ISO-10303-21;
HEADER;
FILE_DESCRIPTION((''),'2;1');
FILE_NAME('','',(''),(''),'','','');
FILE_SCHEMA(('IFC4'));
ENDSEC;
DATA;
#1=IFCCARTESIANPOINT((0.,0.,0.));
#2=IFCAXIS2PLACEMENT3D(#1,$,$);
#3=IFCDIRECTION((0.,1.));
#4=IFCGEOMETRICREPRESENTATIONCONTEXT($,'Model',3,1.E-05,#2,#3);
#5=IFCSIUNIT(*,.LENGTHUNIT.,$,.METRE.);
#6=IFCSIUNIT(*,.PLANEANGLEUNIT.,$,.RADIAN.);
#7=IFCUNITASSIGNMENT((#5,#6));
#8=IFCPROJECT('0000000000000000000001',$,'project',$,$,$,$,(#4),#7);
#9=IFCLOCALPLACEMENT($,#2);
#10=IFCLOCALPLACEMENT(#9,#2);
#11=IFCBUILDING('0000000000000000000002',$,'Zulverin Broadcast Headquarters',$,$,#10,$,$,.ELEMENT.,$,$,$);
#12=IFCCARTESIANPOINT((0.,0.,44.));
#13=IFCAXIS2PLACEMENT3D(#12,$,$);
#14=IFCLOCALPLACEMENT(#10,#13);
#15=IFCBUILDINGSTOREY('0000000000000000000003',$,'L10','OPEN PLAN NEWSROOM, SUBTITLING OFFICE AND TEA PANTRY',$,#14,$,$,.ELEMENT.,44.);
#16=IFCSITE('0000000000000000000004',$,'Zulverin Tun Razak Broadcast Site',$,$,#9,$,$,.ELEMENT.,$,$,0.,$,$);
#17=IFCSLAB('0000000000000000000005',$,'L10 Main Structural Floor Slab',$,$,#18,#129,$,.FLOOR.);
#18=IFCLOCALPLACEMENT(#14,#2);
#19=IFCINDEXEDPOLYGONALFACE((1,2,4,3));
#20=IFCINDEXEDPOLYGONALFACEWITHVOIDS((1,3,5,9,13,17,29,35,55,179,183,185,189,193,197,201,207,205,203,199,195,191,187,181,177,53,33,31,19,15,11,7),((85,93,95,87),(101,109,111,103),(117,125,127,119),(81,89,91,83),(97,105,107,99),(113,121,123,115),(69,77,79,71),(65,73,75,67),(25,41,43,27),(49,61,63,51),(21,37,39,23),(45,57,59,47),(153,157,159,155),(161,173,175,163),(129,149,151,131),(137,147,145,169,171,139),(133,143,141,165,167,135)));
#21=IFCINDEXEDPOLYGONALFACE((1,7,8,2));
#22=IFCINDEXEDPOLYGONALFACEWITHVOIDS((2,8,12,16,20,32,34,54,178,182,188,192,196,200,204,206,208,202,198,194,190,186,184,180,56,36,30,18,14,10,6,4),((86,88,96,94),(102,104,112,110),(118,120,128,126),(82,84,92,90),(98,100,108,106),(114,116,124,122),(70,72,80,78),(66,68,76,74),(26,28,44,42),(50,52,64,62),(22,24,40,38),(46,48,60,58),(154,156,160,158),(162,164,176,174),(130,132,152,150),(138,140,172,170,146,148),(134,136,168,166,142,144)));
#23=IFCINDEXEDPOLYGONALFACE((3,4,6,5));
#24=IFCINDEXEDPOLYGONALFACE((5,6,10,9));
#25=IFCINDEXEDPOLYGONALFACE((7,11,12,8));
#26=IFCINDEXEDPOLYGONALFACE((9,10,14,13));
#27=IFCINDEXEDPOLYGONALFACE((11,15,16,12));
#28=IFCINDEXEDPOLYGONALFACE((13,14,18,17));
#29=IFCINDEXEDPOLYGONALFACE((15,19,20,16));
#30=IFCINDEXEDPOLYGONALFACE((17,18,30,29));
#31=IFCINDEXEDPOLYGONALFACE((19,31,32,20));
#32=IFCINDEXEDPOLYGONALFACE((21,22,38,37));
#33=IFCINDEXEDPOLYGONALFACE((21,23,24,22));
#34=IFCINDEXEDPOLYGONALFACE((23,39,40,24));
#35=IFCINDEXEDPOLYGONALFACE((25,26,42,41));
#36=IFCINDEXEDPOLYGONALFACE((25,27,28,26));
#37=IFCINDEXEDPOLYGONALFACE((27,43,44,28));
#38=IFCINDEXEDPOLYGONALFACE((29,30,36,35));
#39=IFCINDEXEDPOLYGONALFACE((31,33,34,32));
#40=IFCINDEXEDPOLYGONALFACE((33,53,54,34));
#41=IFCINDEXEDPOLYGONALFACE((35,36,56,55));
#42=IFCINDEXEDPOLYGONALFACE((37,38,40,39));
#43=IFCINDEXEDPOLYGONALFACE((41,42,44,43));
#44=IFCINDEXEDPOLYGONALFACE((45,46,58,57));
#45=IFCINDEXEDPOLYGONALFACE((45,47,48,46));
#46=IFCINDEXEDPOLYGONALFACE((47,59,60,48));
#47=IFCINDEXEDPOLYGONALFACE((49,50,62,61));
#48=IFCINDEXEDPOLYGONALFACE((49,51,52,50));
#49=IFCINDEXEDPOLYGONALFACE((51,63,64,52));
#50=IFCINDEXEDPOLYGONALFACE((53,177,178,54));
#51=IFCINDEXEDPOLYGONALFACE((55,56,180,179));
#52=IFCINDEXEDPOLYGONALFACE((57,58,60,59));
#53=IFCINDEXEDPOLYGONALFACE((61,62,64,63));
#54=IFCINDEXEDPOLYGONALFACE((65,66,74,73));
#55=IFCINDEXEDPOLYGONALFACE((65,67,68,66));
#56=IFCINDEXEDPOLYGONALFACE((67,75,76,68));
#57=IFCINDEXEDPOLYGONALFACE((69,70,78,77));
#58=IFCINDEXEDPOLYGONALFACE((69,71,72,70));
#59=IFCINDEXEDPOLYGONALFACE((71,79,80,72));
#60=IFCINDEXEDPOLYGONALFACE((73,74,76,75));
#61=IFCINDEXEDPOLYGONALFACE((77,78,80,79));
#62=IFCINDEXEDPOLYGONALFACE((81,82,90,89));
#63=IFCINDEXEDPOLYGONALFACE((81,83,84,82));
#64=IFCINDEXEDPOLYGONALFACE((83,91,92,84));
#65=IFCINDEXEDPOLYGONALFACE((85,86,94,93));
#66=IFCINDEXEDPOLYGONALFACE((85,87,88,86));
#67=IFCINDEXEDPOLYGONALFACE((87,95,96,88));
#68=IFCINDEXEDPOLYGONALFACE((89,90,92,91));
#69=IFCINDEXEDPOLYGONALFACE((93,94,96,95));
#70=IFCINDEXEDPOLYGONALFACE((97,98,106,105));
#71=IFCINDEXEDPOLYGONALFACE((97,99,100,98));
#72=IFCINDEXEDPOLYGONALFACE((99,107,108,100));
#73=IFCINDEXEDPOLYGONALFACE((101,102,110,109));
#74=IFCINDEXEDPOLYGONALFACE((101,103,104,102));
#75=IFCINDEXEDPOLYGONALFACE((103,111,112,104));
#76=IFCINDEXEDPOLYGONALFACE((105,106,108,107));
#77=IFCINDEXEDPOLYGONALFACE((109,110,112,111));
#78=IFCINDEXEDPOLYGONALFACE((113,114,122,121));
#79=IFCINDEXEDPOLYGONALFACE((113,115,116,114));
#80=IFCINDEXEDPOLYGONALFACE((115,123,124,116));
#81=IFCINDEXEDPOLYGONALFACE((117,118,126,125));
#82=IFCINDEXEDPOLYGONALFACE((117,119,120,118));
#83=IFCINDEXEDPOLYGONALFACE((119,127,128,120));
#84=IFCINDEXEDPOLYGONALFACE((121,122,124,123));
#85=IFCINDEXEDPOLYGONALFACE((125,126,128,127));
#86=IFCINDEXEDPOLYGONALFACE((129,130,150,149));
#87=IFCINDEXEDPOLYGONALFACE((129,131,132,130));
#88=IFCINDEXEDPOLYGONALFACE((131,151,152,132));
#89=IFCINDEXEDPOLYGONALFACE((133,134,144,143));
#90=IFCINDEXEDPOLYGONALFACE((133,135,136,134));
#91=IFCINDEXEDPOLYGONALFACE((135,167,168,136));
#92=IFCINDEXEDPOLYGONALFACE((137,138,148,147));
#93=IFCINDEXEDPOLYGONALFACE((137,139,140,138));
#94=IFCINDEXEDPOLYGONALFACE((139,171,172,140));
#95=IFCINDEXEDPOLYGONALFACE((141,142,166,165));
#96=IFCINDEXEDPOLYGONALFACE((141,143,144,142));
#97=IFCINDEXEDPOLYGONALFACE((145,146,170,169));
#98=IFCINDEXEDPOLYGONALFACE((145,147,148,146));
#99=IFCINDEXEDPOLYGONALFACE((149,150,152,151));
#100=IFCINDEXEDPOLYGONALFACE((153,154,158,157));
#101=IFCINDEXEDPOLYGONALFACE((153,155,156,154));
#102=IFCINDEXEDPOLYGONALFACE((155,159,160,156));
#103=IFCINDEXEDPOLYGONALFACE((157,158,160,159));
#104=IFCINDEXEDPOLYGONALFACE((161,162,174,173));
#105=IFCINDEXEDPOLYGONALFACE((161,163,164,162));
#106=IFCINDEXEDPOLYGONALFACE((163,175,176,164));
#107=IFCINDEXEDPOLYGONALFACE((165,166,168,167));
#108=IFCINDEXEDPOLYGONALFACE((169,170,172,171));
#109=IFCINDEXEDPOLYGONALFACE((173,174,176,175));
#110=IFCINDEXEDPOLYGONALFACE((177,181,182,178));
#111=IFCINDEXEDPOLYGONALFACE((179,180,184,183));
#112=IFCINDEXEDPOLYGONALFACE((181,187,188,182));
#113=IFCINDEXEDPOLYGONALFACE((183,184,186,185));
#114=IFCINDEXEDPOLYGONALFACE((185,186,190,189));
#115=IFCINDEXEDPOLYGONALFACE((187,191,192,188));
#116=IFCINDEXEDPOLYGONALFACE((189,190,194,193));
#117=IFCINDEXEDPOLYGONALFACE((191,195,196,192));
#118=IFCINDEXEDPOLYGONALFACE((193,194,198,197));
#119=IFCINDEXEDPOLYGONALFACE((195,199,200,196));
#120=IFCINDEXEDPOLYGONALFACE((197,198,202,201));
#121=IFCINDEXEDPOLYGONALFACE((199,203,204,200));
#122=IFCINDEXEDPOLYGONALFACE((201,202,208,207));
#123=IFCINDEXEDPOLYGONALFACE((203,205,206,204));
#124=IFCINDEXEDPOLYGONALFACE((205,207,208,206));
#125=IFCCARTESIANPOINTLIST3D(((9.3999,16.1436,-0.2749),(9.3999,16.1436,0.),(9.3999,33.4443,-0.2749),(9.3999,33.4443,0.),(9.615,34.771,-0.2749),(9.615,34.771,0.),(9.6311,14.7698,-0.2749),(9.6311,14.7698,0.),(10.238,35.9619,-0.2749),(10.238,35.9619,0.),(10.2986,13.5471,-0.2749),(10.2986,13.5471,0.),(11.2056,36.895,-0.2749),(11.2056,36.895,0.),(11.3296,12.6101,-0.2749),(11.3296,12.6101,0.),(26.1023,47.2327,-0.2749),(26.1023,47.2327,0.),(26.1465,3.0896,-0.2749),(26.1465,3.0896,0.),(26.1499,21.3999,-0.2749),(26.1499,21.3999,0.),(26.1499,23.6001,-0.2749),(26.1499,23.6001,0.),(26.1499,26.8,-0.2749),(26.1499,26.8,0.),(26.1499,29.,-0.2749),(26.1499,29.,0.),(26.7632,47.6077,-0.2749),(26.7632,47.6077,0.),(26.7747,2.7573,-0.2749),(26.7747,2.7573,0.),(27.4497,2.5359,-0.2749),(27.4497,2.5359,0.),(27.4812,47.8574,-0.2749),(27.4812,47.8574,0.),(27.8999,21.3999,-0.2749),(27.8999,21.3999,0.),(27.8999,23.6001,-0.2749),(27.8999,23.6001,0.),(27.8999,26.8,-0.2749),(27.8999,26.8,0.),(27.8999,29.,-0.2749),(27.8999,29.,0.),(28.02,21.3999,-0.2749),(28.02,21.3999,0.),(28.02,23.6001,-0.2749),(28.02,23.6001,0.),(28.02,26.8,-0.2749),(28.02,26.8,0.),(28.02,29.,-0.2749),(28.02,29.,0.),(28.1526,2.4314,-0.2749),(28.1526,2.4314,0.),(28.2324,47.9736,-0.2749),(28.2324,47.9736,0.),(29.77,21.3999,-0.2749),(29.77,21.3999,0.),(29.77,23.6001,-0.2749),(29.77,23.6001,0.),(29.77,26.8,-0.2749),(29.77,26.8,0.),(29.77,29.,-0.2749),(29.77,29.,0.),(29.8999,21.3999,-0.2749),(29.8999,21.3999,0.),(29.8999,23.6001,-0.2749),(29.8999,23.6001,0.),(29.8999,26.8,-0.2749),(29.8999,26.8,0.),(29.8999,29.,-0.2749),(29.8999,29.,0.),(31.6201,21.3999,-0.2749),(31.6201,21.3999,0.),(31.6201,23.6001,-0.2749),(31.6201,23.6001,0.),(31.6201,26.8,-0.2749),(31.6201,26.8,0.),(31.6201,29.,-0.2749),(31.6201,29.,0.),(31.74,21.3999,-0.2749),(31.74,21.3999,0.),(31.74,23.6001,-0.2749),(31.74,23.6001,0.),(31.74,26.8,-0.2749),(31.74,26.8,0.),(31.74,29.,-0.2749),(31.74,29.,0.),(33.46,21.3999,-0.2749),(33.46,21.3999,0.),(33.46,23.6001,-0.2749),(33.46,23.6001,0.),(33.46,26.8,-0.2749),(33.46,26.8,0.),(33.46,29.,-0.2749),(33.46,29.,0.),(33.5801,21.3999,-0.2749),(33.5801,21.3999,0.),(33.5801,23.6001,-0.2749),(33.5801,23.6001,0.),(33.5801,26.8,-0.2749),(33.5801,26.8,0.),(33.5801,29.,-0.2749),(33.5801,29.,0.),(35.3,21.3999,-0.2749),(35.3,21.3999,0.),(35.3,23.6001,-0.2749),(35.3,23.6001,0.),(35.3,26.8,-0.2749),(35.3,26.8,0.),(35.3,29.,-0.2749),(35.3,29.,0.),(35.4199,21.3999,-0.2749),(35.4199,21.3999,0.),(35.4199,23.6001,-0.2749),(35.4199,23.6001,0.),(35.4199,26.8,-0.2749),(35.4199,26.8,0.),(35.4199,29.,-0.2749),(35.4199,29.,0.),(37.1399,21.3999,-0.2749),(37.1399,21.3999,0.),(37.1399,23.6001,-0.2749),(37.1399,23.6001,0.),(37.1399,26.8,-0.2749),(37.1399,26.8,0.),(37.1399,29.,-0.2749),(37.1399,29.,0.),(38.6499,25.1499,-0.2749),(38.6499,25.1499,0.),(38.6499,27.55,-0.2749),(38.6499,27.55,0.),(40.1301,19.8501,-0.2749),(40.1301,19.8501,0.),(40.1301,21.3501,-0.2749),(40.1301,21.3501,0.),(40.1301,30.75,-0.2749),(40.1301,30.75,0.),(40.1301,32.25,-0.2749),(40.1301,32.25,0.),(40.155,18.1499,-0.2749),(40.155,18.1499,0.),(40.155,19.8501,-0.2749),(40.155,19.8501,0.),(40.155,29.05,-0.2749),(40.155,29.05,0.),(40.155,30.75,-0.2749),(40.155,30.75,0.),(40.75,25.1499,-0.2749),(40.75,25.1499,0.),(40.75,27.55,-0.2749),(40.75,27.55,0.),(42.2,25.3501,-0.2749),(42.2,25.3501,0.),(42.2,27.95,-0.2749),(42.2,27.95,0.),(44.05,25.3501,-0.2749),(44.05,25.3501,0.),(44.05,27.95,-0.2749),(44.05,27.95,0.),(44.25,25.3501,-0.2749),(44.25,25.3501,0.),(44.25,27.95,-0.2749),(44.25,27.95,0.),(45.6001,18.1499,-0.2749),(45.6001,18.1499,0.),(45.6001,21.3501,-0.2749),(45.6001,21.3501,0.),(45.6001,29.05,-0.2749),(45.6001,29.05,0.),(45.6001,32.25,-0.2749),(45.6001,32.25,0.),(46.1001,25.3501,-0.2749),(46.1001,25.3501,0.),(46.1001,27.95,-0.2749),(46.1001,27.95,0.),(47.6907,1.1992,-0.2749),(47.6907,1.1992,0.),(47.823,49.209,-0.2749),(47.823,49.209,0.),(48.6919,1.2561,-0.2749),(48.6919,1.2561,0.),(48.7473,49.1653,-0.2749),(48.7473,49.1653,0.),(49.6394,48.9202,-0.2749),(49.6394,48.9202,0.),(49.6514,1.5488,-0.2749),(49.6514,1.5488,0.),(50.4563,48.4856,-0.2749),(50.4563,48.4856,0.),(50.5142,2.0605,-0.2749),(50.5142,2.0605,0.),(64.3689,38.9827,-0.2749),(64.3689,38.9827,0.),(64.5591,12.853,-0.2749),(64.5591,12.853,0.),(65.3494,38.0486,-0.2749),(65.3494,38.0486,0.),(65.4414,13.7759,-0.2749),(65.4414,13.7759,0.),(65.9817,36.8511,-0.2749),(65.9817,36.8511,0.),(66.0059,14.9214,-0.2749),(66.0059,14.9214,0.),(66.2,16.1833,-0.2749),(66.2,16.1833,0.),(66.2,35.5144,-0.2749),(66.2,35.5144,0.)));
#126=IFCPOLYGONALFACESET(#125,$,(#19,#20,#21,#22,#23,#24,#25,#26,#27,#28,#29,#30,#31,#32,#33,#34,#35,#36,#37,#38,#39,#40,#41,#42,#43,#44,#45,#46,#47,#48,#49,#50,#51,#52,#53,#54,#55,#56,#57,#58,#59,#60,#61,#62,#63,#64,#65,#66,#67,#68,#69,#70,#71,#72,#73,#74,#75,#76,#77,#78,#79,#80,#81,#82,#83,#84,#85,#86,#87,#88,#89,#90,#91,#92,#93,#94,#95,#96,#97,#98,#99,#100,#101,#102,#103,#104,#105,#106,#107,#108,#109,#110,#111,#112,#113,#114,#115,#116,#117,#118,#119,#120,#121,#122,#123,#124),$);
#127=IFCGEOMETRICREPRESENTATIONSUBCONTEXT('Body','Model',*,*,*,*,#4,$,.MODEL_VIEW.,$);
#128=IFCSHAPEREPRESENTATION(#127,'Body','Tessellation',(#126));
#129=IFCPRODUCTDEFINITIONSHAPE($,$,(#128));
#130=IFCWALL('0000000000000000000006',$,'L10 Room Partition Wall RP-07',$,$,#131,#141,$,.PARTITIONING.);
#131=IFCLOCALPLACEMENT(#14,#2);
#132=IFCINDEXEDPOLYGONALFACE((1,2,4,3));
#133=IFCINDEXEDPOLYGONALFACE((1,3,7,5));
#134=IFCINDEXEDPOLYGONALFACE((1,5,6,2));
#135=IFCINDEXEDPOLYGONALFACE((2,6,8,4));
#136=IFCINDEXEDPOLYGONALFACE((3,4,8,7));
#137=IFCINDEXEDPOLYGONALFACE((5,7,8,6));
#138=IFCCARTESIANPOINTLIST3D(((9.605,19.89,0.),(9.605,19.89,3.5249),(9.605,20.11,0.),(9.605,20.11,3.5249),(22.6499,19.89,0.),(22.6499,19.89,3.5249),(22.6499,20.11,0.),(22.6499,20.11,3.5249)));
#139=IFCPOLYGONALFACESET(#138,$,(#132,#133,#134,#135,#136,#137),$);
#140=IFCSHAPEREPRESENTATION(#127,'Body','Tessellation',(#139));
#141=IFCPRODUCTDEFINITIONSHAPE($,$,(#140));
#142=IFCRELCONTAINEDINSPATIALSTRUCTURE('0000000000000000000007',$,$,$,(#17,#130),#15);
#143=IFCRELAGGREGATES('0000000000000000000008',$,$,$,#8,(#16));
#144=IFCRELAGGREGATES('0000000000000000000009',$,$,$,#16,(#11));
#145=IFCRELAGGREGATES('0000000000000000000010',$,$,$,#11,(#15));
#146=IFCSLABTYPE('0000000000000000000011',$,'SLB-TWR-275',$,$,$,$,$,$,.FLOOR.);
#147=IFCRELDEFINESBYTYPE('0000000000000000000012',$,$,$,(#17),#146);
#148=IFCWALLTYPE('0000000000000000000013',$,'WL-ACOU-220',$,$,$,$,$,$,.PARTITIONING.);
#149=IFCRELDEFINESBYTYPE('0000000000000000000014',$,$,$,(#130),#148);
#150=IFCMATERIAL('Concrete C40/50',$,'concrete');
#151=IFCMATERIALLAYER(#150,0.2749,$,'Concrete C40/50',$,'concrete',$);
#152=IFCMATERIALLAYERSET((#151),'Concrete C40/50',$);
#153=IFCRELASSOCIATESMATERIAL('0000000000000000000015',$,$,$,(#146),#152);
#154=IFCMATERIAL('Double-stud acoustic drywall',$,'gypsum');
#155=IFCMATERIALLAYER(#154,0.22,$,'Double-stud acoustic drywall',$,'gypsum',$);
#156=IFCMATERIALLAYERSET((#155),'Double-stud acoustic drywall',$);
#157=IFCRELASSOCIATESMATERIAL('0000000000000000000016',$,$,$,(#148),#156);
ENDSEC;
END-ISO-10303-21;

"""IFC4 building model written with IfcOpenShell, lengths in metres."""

from ifc_helpers import new_model, si_unit, direction, frame, frame_2d, origin, place, context, subcontext, project, spatial, polyline, rectangle, outline, extrude, material, layer, layer_set, type_object, element, save


model = new_model("IFC4")

# Units and contexts
model_context = context("Model", 3, precision=1e-05, world=origin(), true_north=direction((0.0, 1.0)))
body_context = subcontext(model_context, "Body", "Model", "MODEL_VIEW")
ifc_project = project(units=[si_unit("LENGTHUNIT", "METRE"), si_unit("PLANEANGLEUNIT", "RADIAN")], contexts=[model_context])

# Site, building, storey
site_placement = place(None, origin())
site = spatial("IfcSite", under=ifc_project, at=site_placement, Name="Zulverin Tun Razak Broadcast Site", CompositionType="ELEMENT", RefElevation=0.0)
building_placement = place(site_placement, origin())
building = spatial("IfcBuilding", under=site, at=building_placement, Name="Zulverin Broadcast Headquarters", CompositionType="ELEMENT")
storey_placement = place(building_placement, frame((0.0, 0.0, 44.0)))
storey = spatial("IfcBuildingStorey", under=building, at=storey_placement, Name="L10", Description="OPEN PLAN NEWSROOM, SUBTITLING OFFICE AND TEA PANTRY", CompositionType="ELEMENT", Elevation=44.0)

# Shared definitions
ifc_material_1 = material(Name="Concrete C40/50", Category="concrete")

# Slab
ifc_layer_1 = layer(ifc_material_1, 0.2749, Name="Concrete C40/50", Category="concrete")
ifc_layer_set_1 = layer_set([ifc_layer_1], Name="Concrete C40/50")
slab_type_1 = type_object("IfcSlabType", Name="SLB-TWR-275", PredefinedType="FLOOR", material=ifc_layer_set_1)
slab_1_placement = place(storey_placement, frame((0.0, 0.0, -0.2749)))
element("IfcSlab", 1, at=slab_1_placement, inside=storey, type_object=slab_type_1, Name="L10 Main Structural Floor Slab", PredefinedType="FLOOR", context=body_context, shape_type="SweptSolid", body=[
    extrude(outline(polyline([(26.1465, 3.0896), (26.7747, 2.7573), (27.4497, 2.5359), (28.1526, 2.4314), (47.6907, 1.1992), (48.6919, 1.2561), (49.6514, 1.5488), (50.5142, 2.0605), (64.5591, 12.853), (65.4414, 13.7759), (66.0059, 14.9214), (66.2, 16.1833), (66.2, 35.5144), (65.9817, 36.8511), (65.3494, 38.0486), (64.3689, 38.9827), (50.4563, 48.4856), (49.6394, 48.9202), (48.7473, 49.1653), (47.823, 49.209), (28.2324, 47.9736), (27.4812, 47.8574), (26.7632, 47.6077), (26.1023, 47.2327), (11.2056, 36.895), (10.238, 35.9619), (9.615, 34.771), (9.3999, 33.4443), (9.3999, 16.1436), (9.6311, 14.7698), (10.2986, 13.5471), (11.3296, 12.6101), (26.1465, 3.0896)]), holes=[polyline([(40.155, 30.75), (40.1301, 30.75), (40.1301, 32.25), (45.6001, 32.25), (45.6001, 29.05), (40.155, 29.05), (40.155, 30.75)]), polyline([(40.155, 19.8501), (40.1301, 19.8501), (40.1301, 21.3501), (45.6001, 21.3501), (45.6001, 18.1499), (40.155, 18.1499), (40.155, 19.8501)]), polyline([(26.1499, 26.8), (27.8999, 26.8), (27.8999, 29.0), (26.1499, 29.0), (26.1499, 26.8)]), polyline([(28.02, 26.8), (29.77, 26.8), (29.77, 29.0), (28.02, 29.0), (28.02, 26.8)]), polyline([(26.1499, 21.3999), (27.8999, 21.3999), (27.8999, 23.6001), (26.1499, 23.6001), (26.1499, 21.3999)]), polyline([(28.02, 21.3999), (29.77, 21.3999), (29.77, 23.6001), (28.02, 23.6001), (28.02, 21.3999)]), polyline([(29.8999, 21.3999), (31.6201, 21.3999), (31.6201, 23.6001), (29.8999, 23.6001), (29.8999, 21.3999)]), polyline([(31.74, 21.3999), (33.46, 21.3999), (33.46, 23.6001), (31.74, 23.6001), (31.74, 21.3999)]), polyline([(33.5801, 21.3999), (35.3, 21.3999), (35.3, 23.6001), (33.5801, 23.6001), (33.5801, 21.3999)]), polyline([(35.4199, 21.3999), (37.1399, 21.3999), (37.1399, 23.6001), (35.4199, 23.6001), (35.4199, 21.3999)]), polyline([(29.8999, 26.8), (31.6201, 26.8), (31.6201, 29.0), (29.8999, 29.0), (29.8999, 26.8)]), polyline([(31.74, 26.8), (33.46, 26.8), (33.46, 29.0), (31.74, 29.0), (31.74, 26.8)]), polyline([(33.5801, 26.8), (35.3, 26.8), (35.3, 29.0), (33.5801, 29.0), (33.5801, 26.8)]), polyline([(35.4199, 26.8), (37.1399, 26.8), (37.1399, 29.0), (35.4199, 29.0), (35.4199, 26.8)]), polyline([(42.2, 25.3501), (44.05, 25.3501), (44.05, 27.95), (42.2, 27.95), (42.2, 25.3501)]), polyline([(44.25, 25.3501), (46.1001, 25.3501), (46.1001, 27.95), (44.25, 27.95), (44.25, 25.3501)]), polyline([(38.6499, 25.1499), (40.75, 25.1499), (40.75, 27.55), (38.6499, 27.55), (38.6499, 25.1499)])]), origin(), (0.0, 0.0, 1.0), 0.2749),
])

# Wall
ifc_material_2 = material(Name="Double-stud acoustic drywall", Category="gypsum")
ifc_layer_2 = layer(ifc_material_2, 0.22, Name="Double-stud acoustic drywall", Category="gypsum")
ifc_layer_set_2 = layer_set([ifc_layer_2], Name="Double-stud acoustic drywall")
wall_type_1 = type_object("IfcWallType", Name="WL-ACOU-220", PredefinedType="PARTITIONING", material=ifc_layer_set_2)
wall_1_placement = place(storey_placement, frame((9.605, 20.0, 0.0), z_axis=(0.0, 0.0, 1.0), x_axis=(1.0, 0.0, 0.0)))
element("IfcWall", 2, at=wall_1_placement, inside=storey, type_object=wall_type_1, Name="L10 Room Partition Wall RP-07", PredefinedType="PARTITIONING", context=body_context, shape_type="SweptSolid", body=[
    extrude(rectangle(XDim=13.0449, YDim=0.22, at=frame_2d((6.5225, 0.0))), origin(), (0.0, 0.0, 1.0), 3.5249),
])

save(model, "model.ifc")
